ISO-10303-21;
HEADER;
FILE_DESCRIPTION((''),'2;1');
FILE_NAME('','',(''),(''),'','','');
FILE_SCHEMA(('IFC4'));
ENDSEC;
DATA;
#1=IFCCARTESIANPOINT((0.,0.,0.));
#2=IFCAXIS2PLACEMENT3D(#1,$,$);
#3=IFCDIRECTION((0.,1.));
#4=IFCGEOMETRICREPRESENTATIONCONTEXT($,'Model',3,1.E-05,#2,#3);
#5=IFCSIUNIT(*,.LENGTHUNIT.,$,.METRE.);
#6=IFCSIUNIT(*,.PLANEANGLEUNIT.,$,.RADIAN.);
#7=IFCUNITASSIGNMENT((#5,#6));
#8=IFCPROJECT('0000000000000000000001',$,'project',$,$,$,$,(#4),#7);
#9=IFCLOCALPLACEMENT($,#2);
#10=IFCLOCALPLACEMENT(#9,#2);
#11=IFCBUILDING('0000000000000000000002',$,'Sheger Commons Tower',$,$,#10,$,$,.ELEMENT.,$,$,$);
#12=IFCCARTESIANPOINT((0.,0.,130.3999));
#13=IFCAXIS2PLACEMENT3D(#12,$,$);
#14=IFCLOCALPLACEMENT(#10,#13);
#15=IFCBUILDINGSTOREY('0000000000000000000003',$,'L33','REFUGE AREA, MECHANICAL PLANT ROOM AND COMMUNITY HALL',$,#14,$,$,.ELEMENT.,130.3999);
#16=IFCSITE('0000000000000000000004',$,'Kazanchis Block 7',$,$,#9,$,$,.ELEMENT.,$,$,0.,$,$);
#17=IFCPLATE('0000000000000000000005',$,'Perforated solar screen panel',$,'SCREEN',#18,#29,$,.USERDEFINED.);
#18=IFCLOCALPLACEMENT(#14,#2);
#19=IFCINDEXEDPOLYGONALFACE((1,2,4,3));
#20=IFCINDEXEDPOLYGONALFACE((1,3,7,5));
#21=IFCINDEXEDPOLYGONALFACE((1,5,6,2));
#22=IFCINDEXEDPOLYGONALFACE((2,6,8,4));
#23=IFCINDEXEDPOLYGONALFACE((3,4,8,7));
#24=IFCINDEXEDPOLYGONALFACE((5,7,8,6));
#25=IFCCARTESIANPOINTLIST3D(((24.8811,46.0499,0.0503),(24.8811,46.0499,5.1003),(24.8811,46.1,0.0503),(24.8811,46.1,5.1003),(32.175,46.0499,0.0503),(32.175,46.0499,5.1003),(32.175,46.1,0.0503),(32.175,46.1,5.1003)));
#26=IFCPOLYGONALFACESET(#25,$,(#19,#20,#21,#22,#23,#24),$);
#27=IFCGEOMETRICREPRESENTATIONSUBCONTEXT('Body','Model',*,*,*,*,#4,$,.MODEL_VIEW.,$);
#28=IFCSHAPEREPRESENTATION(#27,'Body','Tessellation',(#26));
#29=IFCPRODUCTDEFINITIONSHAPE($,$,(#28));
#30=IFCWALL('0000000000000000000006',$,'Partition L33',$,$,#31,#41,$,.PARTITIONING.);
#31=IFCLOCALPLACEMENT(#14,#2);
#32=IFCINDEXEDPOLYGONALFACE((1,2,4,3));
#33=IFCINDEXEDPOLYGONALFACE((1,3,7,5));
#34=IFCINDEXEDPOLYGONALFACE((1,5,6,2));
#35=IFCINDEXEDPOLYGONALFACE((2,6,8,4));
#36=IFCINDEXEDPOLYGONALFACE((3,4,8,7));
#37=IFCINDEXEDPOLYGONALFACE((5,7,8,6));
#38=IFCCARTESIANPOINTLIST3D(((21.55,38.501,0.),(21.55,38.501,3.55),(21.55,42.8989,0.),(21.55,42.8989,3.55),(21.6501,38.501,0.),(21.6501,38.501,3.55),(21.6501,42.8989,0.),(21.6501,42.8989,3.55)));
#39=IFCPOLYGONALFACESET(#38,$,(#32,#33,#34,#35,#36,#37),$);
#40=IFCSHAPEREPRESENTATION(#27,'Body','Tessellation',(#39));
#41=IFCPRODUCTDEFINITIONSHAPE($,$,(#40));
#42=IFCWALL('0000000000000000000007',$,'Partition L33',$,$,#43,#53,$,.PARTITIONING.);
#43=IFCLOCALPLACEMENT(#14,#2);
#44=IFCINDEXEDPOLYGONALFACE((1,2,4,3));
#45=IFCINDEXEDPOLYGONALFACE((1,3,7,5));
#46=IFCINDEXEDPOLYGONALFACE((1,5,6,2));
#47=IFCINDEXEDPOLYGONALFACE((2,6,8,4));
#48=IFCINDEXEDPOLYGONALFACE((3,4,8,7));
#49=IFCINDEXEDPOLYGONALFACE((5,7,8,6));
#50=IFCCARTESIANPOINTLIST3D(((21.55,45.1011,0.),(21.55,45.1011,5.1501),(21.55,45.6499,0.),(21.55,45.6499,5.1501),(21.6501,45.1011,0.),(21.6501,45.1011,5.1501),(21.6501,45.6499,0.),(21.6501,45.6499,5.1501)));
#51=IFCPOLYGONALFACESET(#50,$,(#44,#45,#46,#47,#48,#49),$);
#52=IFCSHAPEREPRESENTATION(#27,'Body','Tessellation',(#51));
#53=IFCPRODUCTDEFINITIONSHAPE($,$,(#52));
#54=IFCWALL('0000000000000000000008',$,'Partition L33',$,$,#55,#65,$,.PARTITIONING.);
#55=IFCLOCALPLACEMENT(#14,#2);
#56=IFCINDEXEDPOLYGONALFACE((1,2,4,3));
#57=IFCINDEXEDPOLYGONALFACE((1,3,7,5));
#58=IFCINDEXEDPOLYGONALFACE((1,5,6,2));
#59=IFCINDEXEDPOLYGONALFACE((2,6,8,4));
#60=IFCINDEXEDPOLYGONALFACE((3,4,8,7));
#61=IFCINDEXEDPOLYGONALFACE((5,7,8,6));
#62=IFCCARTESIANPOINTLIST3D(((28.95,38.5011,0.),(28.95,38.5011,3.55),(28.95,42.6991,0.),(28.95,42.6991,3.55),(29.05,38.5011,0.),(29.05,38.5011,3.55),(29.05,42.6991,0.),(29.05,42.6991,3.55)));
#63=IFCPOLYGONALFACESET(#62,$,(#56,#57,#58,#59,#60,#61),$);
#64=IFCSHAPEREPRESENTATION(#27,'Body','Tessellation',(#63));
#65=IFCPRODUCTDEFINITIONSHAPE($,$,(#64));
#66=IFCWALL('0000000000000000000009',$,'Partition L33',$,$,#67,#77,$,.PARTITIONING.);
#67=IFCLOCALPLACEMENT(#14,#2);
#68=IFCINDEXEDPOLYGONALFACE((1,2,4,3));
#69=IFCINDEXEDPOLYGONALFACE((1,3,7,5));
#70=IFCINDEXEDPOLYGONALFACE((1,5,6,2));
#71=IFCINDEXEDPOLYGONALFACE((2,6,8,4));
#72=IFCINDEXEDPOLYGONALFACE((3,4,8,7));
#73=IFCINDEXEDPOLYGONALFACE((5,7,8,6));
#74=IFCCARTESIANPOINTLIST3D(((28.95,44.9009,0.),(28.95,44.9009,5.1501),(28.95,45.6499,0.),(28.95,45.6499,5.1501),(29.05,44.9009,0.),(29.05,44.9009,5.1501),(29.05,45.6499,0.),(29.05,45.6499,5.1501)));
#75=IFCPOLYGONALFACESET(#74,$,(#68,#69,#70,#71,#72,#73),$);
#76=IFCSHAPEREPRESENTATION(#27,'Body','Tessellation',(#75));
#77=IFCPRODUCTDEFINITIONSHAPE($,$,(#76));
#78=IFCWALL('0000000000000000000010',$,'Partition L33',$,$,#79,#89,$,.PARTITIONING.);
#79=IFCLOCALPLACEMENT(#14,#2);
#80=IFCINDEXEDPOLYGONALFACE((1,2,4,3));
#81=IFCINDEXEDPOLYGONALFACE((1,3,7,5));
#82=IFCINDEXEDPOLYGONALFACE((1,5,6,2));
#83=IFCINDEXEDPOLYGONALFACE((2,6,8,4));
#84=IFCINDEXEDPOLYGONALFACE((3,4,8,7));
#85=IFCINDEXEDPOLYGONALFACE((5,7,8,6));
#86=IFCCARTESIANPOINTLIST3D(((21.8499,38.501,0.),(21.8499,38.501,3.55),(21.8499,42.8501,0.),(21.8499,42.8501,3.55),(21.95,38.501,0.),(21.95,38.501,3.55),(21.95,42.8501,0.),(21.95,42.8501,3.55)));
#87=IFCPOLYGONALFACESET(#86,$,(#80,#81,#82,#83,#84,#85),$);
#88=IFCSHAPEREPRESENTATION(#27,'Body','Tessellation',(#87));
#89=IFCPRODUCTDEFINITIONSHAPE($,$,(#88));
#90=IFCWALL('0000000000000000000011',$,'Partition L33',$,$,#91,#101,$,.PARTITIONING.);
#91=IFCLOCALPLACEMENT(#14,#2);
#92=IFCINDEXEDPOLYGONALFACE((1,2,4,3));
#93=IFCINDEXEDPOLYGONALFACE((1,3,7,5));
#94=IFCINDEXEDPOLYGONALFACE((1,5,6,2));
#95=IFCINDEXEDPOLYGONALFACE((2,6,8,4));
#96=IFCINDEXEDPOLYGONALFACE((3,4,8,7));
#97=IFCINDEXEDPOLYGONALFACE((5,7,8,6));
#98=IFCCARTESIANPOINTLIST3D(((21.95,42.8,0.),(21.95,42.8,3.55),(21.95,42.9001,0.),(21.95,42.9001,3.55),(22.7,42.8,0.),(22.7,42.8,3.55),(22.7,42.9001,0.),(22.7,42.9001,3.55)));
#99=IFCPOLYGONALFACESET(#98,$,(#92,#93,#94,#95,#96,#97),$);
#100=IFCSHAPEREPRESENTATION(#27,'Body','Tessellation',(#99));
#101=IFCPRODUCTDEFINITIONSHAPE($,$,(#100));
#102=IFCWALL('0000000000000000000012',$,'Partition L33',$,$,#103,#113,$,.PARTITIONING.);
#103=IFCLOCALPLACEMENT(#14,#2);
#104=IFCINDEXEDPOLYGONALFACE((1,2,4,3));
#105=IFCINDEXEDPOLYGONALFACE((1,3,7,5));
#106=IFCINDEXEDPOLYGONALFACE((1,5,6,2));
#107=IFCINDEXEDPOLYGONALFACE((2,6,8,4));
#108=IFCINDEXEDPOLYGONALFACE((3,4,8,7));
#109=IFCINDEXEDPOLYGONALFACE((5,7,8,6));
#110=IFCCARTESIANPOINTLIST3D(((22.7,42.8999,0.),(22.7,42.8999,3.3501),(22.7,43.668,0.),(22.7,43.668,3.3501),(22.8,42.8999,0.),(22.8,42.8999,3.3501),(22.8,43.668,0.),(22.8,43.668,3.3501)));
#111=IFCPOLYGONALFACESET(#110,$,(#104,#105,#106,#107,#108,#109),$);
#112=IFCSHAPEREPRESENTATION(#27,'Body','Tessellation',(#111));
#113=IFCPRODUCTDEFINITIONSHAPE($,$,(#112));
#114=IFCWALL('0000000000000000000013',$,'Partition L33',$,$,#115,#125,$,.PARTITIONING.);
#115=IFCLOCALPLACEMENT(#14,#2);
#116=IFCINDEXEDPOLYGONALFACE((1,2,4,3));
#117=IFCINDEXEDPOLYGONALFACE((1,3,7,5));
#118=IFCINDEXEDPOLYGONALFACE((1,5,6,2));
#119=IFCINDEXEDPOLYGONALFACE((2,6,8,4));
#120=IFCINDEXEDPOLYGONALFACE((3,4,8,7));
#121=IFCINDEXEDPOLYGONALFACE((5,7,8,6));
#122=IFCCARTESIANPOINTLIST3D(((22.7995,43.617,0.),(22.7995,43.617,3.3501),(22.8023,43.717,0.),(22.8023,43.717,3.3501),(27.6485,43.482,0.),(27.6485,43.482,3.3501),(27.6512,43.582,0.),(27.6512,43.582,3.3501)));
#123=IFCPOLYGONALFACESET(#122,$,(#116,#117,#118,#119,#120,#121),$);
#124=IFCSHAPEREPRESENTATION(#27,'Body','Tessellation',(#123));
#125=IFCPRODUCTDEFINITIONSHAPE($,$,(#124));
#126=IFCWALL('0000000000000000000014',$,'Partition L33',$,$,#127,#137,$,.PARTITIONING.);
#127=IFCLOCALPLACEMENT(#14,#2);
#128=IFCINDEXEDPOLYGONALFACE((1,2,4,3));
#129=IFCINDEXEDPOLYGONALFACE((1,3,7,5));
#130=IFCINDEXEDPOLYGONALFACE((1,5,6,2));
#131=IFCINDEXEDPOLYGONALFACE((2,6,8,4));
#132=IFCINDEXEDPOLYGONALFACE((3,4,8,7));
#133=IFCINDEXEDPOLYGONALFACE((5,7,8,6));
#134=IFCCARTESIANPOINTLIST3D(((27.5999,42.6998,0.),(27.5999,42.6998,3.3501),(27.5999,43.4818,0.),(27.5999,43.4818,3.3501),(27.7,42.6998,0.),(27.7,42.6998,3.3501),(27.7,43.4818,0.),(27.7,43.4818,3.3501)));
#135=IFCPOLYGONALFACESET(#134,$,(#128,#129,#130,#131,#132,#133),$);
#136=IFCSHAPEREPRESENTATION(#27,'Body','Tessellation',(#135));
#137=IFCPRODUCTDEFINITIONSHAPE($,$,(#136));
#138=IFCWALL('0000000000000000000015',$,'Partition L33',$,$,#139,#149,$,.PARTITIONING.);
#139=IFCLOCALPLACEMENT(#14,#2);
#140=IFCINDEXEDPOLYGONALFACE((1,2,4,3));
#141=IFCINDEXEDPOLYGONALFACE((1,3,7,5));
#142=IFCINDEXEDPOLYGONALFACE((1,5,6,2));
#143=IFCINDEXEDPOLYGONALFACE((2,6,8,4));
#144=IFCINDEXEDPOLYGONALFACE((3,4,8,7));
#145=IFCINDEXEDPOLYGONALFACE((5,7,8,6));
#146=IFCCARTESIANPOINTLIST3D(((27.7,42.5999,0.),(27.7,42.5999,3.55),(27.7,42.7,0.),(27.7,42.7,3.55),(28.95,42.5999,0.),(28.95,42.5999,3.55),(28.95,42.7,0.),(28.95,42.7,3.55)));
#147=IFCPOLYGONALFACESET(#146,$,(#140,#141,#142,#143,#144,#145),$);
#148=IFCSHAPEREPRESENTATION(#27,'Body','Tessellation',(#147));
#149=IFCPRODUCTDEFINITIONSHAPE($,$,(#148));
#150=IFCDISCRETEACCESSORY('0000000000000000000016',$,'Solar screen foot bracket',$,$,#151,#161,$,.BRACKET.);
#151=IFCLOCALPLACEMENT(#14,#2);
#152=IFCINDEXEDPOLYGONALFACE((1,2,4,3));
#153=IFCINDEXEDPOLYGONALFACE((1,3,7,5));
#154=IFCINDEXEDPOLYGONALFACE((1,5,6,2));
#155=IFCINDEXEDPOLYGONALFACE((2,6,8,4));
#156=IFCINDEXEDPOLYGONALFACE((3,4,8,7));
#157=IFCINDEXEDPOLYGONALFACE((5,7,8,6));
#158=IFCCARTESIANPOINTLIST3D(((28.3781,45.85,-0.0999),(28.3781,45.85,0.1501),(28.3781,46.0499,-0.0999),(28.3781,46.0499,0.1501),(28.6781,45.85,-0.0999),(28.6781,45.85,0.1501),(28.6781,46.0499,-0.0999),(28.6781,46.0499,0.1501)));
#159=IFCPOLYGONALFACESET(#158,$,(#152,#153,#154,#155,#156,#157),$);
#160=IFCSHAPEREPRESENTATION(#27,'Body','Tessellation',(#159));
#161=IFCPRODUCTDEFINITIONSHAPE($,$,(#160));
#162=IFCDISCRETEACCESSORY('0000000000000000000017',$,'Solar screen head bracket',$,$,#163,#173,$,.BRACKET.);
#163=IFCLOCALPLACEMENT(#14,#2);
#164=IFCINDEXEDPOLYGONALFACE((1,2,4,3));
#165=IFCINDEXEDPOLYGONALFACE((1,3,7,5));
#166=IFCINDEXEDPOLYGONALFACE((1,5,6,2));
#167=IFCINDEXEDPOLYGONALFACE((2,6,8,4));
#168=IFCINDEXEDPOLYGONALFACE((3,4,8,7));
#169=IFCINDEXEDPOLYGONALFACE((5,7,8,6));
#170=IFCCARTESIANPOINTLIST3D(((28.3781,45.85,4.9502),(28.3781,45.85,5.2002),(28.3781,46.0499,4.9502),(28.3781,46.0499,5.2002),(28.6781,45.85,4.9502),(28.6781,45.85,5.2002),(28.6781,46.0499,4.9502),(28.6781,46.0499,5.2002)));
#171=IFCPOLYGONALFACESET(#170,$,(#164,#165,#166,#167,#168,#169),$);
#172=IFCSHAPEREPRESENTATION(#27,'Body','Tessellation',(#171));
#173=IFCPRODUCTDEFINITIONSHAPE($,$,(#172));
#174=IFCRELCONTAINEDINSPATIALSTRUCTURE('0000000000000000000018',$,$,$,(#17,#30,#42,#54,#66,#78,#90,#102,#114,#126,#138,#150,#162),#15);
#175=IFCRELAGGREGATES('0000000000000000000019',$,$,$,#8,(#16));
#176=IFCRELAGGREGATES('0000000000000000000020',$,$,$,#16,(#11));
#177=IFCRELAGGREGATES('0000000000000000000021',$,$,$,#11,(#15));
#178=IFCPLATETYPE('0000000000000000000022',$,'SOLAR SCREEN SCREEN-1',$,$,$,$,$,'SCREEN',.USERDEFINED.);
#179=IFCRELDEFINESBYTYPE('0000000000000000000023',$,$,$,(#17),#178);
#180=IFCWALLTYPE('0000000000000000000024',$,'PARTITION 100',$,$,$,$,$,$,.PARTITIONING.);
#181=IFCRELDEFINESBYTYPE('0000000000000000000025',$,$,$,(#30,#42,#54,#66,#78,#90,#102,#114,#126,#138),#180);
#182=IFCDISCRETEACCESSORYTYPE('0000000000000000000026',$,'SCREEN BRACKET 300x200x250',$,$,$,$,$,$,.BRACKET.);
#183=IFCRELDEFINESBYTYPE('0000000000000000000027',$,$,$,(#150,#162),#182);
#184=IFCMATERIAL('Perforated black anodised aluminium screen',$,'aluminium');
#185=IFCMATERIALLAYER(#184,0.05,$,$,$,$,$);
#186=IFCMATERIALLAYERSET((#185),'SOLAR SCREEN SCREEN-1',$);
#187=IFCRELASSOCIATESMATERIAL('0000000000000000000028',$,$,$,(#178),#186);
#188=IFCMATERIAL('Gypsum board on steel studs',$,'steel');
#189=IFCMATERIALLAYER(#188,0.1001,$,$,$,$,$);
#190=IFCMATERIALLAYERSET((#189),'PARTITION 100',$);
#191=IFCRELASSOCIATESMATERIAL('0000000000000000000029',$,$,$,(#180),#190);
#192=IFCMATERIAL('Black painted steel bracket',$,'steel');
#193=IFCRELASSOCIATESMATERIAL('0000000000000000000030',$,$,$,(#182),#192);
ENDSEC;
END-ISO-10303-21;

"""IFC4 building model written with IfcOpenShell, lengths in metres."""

from ifc_helpers import new_model, si_unit, direction, frame, frame_2d, origin, origin_2d, place, context, subcontext, project, spatial, rectangle, extrude, material, layer, layer_set, type_object, element, save


model = new_model("IFC4")

# Units and contexts
model_context = context("Model", 3, precision=1e-05, world=origin(), true_north=direction((0.0, 1.0)))
body_context = subcontext(model_context, "Body", "Model", "MODEL_VIEW")
ifc_project = project(units=[si_unit("LENGTHUNIT", "METRE"), si_unit("PLANEANGLEUNIT", "RADIAN")], contexts=[model_context])

# Site, building, storey
site_placement = place(None, origin())
site = spatial("IfcSite", under=ifc_project, at=site_placement, Name="Kazanchis Block 7", CompositionType="ELEMENT", RefElevation=0.0)
building_placement = place(site_placement, origin())
building = spatial("IfcBuilding", under=site, at=building_placement, Name="Sheger Commons Tower", CompositionType="ELEMENT")
storey_placement = place(building_placement, frame((0.0, 0.0, 130.3999)))
storey = spatial("IfcBuildingStorey", under=building, at=storey_placement, Name="L33", Description="REFUGE AREA, MECHANICAL PLANT ROOM AND COMMUNITY HALL", CompositionType="ELEMENT", Elevation=130.3999)

# Plate
ifc_material_1 = material(Name="Perforated black anodised aluminium screen", Category="aluminium")
ifc_layer_1 = layer(ifc_material_1, 0.05)
ifc_layer_set_1 = layer_set([ifc_layer_1], Name="SOLAR SCREEN SCREEN-1")
plate_type = type_object("IfcPlateType", Name="SOLAR SCREEN SCREEN-1", ElementType="SCREEN", PredefinedType="USERDEFINED", material=ifc_layer_set_1)
plate_placement = place(storey_placement, frame((28.5281, 46.075, 0.0503), z_axis=(0.0, 0.0, 1.0), x_axis=(-1.0, 0.0, 0.0)))
element("IfcPlate", 1, at=plate_placement, inside=storey, type_object=plate_type, Name="Perforated solar screen panel", ObjectType="SCREEN", PredefinedType="USERDEFINED", context=body_context, shape_type="SweptSolid", body=[
    extrude(rectangle(XDim=7.2939, YDim=0.05, at=origin_2d()), origin(), (0.0, 0.0, 1.0), 5.05),
])

# Walls
ifc_material_2 = material(Name="Gypsum board on steel studs", Category="steel")
ifc_layer_2 = layer(ifc_material_2, 0.1001)
ifc_layer_set_2 = layer_set([ifc_layer_2], Name="PARTITION 100")
wall_type = type_object("IfcWallType", Name="PARTITION 100", PredefinedType="PARTITIONING", material=ifc_layer_set_2)
wall_1_placement = place(storey_placement, frame((21.6001, 38.501, 0.0), z_axis=(0.0, 0.0, 1.0), x_axis=(0.0, 1.0, 0.0)))
element("IfcWall", 2, at=wall_1_placement, inside=storey, type_object=wall_type, Name="Partition L33", PredefinedType="PARTITIONING", context=body_context, shape_type="SweptSolid", body=[
    extrude(rectangle(XDim=4.3979, YDim=0.1001, at=frame_2d((2.199, 0.0))), origin(), (0.0, 0.0, 1.0), 3.55),
])
wall_2_placement = place(storey_placement, frame((21.6001, 45.1011, 0.0), z_axis=(0.0, 0.0, 1.0), x_axis=(0.0, 1.0, 0.0)))
element("IfcWall", 3, at=wall_2_placement, inside=storey, type_object=wall_type, Name="Partition L33", PredefinedType="PARTITIONING", context=body_context, shape_type="SweptSolid", body=[
    extrude(rectangle(XDim=0.5488, YDim=0.1001, at=frame_2d((0.2744, 0.0))), origin(), (0.0, 0.0, 1.0), 5.1501),
])
wall_3_placement = place(storey_placement, frame((29.0, 38.501, 0.0), z_axis=(0.0, 0.0, 1.0), x_axis=(0.0, 1.0, 0.0)))
element("IfcWall", 4, at=wall_3_placement, inside=storey, type_object=wall_type, Name="Partition L33", PredefinedType="PARTITIONING", context=body_context, shape_type="SweptSolid", body=[
    extrude(rectangle(XDim=4.198, YDim=0.1001, at=frame_2d((2.0991, 0.0))), origin(), (0.0, 0.0, 1.0), 3.55),
])
wall_4_placement = place(storey_placement, frame((29.0, 44.9009, 0.0), z_axis=(0.0, 0.0, 1.0), x_axis=(0.0, 1.0, 0.0)))
element("IfcWall", 5, at=wall_4_placement, inside=storey, type_object=wall_type, Name="Partition L33", PredefinedType="PARTITIONING", context=body_context, shape_type="SweptSolid", body=[
    extrude(rectangle(XDim=0.749, YDim=0.1001, at=frame_2d((0.3745, 0.0))), origin(), (0.0, 0.0, 1.0), 5.1501),
])
wall_5_placement = place(storey_placement, frame((21.8999, 38.501, 0.0), z_axis=(0.0, 0.0, 1.0), x_axis=(0.0, 1.0, 0.0)))
element("IfcWall", 6, at=wall_5_placement, inside=storey, type_object=wall_type, Name="Partition L33", PredefinedType="PARTITIONING", context=body_context, shape_type="SweptSolid", body=[
    extrude(rectangle(XDim=4.3491, YDim=0.1001, at=frame_2d((2.1746, 0.0))), origin(), (0.0, 0.0, 1.0), 3.55),
])
wall_6_placement = place(storey_placement, frame((21.95, 42.8501, 0.0), z_axis=(0.0, 0.0, 1.0), x_axis=(1.0, 0.0, 0.0)))
element("IfcWall", 7, at=wall_6_placement, inside=storey, type_object=wall_type, Name="Partition L33", PredefinedType="PARTITIONING", context=body_context, shape_type="SweptSolid", body=[
    extrude(rectangle(XDim=0.75, YDim=0.1001, at=frame_2d((0.375, 0.0))), origin(), (0.0, 0.0, 1.0), 3.55),
])
wall_7_placement = place(storey_placement, frame((22.75, 42.8999, 0.0), z_axis=(0.0, 0.0, 1.0), x_axis=(0.0, 1.0, 0.0)))
element("IfcWall", 8, at=wall_7_placement, inside=storey, type_object=wall_type, Name="Partition L33", PredefinedType="PARTITIONING", context=body_context, shape_type="SweptSolid", body=[
    extrude(rectangle(XDim=0.7681, YDim=0.1001, at=frame_2d((0.384, 0.0))), origin(), (0.0, 0.0, 1.0), 3.3501),
])
wall_8_placement = place(storey_placement, frame((22.801, 43.667, 0.0), z_axis=(0.0, 0.0, 1.0), x_axis=(0.999613, -0.027833, 0.0)))
element("IfcWall", 9, at=wall_8_placement, inside=storey, type_object=wall_type, Name="Partition L33", PredefinedType="PARTITIONING", context=body_context, shape_type="SweptSolid", body=[
    extrude(rectangle(XDim=4.8508, YDim=0.1001, at=frame_2d((2.4253, 0.0))), origin(), (0.0, 0.0, 1.0), 3.3501),
])
wall_9_placement = place(storey_placement, frame((27.6499, 43.4819, 0.0), z_axis=(0.0, 0.0, 1.0), x_axis=(0.0, -1.0, 0.0)))
element("IfcWall", 10, at=wall_9_placement, inside=storey, type_object=wall_type, Name="Partition L33", PredefinedType="PARTITIONING", context=body_context, shape_type="SweptSolid", body=[
    extrude(rectangle(XDim=0.782, YDim=0.1001, at=frame_2d((0.3911, 0.0))), origin(), (0.0, 0.0, 1.0), 3.3501),
])
wall_10_placement = place(storey_placement, frame((27.7, 42.6499, 0.0), z_axis=(0.0, 0.0, 1.0), x_axis=(1.0, 0.0, 0.0)))
element("IfcWall", 11, at=wall_10_placement, inside=storey, type_object=wall_type, Name="Partition L33", PredefinedType="PARTITIONING", context=body_context, shape_type="SweptSolid", body=[
    extrude(rectangle(XDim=1.25, YDim=0.1001, at=frame_2d((0.625, 0.0))), origin(), (0.0, 0.0, 1.0), 3.55),
])

# Discrete accessories
ifc_material_3 = material(Name="Black painted steel bracket", Category="steel")
discrete_accessory_type = type_object("IfcDiscreteAccessoryType", Name="SCREEN BRACKET 300x200x250", PredefinedType="BRACKET", material=ifc_material_3)
for number, where, z_axis, x_axis, name in (
    (12, (28.5281, 45.95, -0.0999), (0.0, 0.0, 1.0), (-1.0, 0.0, 0.0), "Solar screen foot bracket"),
    (13, (28.5281, 45.95, 4.9502), (0.0, 0.0, 1.0), (-1.0, 0.0, 0.0), "Solar screen head bracket"),
):
    element("IfcDiscreteAccessory", number, at=place(storey_placement, frame(where, z_axis=z_axis, x_axis=x_axis)), inside=storey, type_object=discrete_accessory_type, Name=name, PredefinedType="BRACKET", context=body_context, shape_type="SweptSolid", body=[
        extrude(rectangle(XDim=0.3, YDim=0.2, at=origin_2d()), origin(), (0.0, 0.0, 1.0), 0.25),
    ])

save(model, "model.ifc")
